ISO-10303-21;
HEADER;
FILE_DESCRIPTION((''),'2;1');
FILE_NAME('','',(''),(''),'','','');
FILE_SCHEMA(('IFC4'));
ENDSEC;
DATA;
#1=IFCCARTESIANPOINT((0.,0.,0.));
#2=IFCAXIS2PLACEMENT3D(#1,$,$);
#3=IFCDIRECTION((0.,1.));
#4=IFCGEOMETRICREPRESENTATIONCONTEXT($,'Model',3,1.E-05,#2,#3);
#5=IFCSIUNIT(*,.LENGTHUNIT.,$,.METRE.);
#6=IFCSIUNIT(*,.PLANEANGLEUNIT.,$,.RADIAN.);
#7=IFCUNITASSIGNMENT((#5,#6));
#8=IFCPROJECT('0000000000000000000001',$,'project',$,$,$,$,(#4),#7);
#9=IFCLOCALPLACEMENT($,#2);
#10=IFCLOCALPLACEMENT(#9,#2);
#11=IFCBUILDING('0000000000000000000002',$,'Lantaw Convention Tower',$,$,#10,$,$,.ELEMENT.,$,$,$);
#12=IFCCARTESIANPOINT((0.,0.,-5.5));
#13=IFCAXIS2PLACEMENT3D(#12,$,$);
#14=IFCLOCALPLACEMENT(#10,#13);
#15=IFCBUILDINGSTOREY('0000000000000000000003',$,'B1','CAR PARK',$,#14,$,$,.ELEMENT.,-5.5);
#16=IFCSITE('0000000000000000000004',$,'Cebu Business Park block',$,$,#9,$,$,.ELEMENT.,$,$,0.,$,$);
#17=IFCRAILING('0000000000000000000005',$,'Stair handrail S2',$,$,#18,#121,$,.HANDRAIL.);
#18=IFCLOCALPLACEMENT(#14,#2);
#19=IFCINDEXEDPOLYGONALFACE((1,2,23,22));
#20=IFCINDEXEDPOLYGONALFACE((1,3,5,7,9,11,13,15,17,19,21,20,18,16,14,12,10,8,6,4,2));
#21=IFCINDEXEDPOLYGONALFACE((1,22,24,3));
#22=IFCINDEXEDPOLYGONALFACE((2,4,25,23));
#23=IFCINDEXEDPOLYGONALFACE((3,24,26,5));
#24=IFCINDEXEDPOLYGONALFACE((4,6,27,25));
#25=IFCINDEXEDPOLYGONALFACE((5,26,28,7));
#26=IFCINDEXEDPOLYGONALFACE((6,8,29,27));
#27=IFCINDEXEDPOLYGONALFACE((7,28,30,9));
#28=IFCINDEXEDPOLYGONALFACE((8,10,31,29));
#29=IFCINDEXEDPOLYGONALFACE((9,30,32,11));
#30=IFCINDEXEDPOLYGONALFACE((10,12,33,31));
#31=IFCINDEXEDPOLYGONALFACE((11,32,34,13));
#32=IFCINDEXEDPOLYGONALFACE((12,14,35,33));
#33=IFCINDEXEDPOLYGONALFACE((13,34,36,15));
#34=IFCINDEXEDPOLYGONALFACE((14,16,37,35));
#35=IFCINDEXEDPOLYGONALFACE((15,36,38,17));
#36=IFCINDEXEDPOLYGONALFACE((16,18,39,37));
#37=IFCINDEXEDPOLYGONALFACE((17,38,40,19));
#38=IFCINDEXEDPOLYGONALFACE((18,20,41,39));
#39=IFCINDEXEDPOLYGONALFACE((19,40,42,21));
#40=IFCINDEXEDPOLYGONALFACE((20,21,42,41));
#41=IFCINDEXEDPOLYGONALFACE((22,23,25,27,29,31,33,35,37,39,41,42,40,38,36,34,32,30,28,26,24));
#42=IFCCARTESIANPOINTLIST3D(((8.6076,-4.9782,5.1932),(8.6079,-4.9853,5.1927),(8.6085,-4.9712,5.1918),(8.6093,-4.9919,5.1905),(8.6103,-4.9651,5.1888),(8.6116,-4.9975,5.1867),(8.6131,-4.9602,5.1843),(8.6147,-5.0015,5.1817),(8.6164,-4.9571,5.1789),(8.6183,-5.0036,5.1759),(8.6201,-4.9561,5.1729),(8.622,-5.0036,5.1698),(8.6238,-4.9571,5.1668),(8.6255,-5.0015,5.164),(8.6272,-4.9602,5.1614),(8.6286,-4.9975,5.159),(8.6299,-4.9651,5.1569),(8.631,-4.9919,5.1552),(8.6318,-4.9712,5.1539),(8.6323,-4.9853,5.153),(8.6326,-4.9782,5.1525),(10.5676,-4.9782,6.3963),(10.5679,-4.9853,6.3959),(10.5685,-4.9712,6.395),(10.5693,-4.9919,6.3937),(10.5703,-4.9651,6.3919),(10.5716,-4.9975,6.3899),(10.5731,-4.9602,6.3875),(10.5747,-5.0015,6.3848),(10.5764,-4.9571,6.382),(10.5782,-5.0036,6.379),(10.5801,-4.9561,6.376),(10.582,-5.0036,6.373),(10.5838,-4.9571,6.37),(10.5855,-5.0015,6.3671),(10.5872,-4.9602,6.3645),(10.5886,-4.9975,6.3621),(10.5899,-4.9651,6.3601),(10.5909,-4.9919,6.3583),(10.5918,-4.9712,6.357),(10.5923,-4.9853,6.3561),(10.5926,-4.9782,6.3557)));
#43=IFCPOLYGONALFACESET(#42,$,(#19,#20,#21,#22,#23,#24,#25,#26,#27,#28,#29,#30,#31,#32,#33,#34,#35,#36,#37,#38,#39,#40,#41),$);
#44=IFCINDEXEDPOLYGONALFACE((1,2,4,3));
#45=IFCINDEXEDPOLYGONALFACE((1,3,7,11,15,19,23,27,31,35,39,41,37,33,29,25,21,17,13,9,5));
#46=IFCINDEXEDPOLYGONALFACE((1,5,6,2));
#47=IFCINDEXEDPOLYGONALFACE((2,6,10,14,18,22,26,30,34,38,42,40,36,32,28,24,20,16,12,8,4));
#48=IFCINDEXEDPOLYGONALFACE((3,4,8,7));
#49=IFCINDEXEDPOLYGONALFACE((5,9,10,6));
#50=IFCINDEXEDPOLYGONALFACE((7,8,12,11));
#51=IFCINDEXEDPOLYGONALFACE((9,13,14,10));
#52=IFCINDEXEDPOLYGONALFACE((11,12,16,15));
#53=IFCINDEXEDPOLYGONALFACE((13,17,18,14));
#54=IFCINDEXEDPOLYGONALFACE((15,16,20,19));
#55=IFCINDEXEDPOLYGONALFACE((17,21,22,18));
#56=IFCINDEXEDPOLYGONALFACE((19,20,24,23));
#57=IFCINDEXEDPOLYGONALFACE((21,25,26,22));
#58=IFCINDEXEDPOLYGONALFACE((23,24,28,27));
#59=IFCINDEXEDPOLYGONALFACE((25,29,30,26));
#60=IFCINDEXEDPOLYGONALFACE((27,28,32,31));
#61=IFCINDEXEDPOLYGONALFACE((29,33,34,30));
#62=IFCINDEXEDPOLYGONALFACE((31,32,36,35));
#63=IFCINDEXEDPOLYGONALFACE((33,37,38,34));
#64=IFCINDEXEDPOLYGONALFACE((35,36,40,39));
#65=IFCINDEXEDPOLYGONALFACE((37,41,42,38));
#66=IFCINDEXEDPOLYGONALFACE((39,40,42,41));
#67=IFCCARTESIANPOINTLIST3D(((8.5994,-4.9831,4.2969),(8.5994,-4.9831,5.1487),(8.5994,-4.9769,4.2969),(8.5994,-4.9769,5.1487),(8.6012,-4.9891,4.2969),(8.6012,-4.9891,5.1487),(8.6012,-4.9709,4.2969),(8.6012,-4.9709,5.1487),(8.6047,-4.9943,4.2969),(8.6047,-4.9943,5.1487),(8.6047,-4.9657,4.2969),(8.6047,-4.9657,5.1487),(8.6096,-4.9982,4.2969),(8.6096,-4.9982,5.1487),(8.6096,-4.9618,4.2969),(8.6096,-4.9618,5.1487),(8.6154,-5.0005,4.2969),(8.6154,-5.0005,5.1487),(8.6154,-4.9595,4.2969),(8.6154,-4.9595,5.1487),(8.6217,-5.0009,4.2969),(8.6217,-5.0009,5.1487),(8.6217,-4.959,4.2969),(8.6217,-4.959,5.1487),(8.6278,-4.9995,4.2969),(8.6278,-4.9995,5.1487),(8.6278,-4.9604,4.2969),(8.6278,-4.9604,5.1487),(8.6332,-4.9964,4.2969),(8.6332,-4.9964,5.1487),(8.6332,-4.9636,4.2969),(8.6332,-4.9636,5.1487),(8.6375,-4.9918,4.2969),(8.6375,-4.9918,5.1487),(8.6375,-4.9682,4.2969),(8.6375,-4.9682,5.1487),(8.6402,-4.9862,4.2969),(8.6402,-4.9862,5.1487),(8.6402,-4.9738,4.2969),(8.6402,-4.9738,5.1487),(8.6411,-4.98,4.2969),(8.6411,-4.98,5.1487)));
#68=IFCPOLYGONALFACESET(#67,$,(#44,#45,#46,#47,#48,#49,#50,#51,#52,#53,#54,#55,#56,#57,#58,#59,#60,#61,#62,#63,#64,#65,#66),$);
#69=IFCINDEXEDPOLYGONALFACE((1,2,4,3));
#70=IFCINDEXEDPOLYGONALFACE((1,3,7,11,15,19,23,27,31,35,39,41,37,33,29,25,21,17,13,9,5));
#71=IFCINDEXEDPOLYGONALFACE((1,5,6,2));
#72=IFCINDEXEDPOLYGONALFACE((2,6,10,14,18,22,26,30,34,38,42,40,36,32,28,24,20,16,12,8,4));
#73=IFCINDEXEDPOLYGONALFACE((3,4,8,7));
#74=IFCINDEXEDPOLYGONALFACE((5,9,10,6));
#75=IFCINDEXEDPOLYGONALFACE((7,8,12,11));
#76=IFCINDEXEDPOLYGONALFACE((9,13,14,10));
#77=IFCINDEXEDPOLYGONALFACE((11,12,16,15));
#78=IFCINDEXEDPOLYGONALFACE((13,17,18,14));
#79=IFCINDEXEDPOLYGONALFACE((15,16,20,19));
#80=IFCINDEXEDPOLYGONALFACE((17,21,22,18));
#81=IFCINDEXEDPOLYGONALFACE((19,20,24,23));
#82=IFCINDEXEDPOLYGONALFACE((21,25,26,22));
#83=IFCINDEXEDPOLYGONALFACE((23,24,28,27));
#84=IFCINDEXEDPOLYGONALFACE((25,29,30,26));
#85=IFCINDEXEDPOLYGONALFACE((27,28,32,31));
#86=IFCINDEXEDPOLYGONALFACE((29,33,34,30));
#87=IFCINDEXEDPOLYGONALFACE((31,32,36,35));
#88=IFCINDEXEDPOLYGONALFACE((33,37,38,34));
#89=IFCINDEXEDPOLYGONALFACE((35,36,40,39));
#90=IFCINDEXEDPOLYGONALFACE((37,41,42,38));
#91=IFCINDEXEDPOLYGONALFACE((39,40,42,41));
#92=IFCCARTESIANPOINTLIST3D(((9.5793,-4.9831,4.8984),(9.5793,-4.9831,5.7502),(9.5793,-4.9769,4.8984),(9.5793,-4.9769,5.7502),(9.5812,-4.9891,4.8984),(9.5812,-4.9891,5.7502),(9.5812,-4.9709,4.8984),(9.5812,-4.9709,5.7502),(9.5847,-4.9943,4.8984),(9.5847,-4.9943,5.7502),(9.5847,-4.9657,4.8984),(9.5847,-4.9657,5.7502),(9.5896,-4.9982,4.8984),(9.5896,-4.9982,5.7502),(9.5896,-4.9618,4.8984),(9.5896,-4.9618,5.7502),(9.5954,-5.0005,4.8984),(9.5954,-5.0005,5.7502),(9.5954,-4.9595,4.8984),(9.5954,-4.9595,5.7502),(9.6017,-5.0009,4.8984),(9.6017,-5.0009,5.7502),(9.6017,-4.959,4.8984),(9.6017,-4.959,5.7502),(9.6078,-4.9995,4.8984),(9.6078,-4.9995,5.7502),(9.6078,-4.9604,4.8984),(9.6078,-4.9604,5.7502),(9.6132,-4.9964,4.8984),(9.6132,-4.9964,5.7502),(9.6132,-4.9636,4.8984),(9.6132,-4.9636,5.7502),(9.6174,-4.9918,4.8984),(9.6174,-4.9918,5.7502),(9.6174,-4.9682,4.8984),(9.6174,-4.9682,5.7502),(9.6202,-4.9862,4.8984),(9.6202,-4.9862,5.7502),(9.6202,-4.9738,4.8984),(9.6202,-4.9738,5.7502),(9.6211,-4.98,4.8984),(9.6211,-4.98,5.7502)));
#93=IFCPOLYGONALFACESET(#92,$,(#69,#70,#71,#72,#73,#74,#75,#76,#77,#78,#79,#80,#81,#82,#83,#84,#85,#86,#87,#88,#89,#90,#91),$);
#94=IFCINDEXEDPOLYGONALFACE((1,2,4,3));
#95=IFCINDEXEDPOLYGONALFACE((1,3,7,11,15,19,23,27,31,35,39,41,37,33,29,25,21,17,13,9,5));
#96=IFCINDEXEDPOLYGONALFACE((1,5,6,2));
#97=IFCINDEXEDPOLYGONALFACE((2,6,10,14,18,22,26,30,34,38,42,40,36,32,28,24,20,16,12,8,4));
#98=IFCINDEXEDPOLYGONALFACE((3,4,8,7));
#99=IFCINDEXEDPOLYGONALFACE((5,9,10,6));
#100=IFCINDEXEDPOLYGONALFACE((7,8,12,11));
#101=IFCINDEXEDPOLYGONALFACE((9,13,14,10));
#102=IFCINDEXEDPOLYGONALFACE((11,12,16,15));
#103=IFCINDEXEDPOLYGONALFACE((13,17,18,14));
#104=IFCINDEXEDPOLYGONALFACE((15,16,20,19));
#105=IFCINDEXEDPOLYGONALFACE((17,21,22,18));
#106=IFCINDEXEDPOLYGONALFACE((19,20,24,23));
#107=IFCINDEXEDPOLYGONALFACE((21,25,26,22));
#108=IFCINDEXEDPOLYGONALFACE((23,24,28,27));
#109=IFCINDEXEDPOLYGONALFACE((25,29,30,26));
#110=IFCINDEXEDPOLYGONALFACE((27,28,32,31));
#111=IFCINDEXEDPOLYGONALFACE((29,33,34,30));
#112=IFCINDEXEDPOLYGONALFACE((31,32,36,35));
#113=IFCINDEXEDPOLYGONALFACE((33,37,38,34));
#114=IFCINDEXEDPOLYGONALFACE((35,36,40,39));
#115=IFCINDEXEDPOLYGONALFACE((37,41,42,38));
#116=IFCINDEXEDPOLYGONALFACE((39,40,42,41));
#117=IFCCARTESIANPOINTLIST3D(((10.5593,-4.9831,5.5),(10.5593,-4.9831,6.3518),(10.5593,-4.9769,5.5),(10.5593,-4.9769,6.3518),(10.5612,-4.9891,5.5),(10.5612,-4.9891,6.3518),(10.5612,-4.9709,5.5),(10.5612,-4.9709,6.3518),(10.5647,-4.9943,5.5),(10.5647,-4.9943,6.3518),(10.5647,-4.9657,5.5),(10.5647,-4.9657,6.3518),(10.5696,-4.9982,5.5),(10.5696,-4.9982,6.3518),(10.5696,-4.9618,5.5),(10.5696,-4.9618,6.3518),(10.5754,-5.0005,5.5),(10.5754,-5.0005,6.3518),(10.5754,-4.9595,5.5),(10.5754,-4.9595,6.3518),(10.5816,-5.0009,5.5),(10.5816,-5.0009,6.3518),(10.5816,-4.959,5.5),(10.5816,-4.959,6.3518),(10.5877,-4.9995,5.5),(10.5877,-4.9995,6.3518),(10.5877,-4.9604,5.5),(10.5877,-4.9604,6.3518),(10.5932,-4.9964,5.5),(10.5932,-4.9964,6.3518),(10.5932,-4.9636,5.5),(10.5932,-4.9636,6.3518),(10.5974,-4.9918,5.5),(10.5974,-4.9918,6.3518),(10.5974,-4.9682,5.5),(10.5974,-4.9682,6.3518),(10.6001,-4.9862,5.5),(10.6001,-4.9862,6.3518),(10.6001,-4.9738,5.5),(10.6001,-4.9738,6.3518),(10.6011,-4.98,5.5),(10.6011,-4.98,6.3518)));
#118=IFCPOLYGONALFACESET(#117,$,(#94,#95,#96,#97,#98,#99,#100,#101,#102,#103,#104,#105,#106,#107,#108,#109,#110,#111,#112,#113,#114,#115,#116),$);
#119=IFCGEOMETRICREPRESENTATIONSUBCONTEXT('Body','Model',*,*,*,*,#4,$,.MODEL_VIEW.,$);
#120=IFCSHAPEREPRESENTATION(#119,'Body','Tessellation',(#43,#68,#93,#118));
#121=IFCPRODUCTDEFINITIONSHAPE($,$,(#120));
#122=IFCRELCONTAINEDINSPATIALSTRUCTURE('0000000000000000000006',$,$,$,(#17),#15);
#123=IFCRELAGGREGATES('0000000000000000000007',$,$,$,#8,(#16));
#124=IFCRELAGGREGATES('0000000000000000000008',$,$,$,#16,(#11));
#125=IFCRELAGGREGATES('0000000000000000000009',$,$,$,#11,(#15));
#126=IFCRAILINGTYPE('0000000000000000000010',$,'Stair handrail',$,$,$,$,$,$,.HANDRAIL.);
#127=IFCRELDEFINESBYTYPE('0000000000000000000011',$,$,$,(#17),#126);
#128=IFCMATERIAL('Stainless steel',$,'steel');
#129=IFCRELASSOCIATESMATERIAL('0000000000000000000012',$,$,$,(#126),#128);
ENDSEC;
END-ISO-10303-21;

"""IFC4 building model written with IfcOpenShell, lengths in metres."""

from ifc_helpers import new_model, si_unit, direction, frame, origin, origin_2d, place, context, subcontext, project, spatial, circle, extrude, material, type_object, element, save


model = new_model("IFC4")

# Units and contexts
model_context = context("Model", 3, precision=1e-05, world=origin(), true_north=direction((0.0, 1.0)))
body_context = subcontext(model_context, "Body", "Model", "MODEL_VIEW")
ifc_project = project(units=[si_unit("LENGTHUNIT", "METRE"), si_unit("PLANEANGLEUNIT", "RADIAN")], contexts=[model_context])

# Site, building, storey
site_placement = place(None, origin())
site = spatial("IfcSite", under=ifc_project, at=site_placement, Name="Cebu Business Park block", CompositionType="ELEMENT", RefElevation=0.0)
building_placement = place(site_placement, origin())
building = spatial("IfcBuilding", under=site, at=building_placement, Name="Lantaw Convention Tower", CompositionType="ELEMENT")
storey_placement = place(building_placement, frame((0.0, 0.0, -5.5)))
storey = spatial("IfcBuildingStorey", under=building, at=storey_placement, Name="B1", Description="CAR PARK", CompositionType="ELEMENT", Elevation=-5.5)

# Railing
ifc_material_1 = material(Name="Stainless steel", Category="steel")
railing_type = type_object("IfcRailingType", Name="Stair handrail", PredefinedType="HANDRAIL", material=ifc_material_1)
railing_1_placement = place(storey_placement, frame((8.6201, -4.98, 4.2969)))
element("IfcRailing", 1, at=railing_1_placement, inside=storey, type_object=railing_type, Name="Stair handrail S2", PredefinedType="HANDRAIL", context=body_context, shape_type="SweptSolid", body=[
    extrude(circle(Radius=0.0239, at=origin_2d()), frame((0.0, 0.0, 0.876), z_axis=(0.852241, 0.0, 0.523149), x_axis=(0.0, 1.0, 0.0)), (0.0, 0.0, 1.0), 2.2998),
    extrude(circle(Radius=0.021, at=origin_2d()), origin(), (0.0, 0.0, 1.0), 0.8518),
    extrude(circle(Radius=0.021, at=origin_2d()), frame((0.98, 0.0, 0.6016)), (0.0, 0.0, 1.0), 0.8518),
    extrude(circle(Radius=0.021, at=origin_2d()), frame((1.96, 0.0, 1.2031)), (0.0, 0.0, 1.0), 0.8518),
])

save(model, "model.ifc")
